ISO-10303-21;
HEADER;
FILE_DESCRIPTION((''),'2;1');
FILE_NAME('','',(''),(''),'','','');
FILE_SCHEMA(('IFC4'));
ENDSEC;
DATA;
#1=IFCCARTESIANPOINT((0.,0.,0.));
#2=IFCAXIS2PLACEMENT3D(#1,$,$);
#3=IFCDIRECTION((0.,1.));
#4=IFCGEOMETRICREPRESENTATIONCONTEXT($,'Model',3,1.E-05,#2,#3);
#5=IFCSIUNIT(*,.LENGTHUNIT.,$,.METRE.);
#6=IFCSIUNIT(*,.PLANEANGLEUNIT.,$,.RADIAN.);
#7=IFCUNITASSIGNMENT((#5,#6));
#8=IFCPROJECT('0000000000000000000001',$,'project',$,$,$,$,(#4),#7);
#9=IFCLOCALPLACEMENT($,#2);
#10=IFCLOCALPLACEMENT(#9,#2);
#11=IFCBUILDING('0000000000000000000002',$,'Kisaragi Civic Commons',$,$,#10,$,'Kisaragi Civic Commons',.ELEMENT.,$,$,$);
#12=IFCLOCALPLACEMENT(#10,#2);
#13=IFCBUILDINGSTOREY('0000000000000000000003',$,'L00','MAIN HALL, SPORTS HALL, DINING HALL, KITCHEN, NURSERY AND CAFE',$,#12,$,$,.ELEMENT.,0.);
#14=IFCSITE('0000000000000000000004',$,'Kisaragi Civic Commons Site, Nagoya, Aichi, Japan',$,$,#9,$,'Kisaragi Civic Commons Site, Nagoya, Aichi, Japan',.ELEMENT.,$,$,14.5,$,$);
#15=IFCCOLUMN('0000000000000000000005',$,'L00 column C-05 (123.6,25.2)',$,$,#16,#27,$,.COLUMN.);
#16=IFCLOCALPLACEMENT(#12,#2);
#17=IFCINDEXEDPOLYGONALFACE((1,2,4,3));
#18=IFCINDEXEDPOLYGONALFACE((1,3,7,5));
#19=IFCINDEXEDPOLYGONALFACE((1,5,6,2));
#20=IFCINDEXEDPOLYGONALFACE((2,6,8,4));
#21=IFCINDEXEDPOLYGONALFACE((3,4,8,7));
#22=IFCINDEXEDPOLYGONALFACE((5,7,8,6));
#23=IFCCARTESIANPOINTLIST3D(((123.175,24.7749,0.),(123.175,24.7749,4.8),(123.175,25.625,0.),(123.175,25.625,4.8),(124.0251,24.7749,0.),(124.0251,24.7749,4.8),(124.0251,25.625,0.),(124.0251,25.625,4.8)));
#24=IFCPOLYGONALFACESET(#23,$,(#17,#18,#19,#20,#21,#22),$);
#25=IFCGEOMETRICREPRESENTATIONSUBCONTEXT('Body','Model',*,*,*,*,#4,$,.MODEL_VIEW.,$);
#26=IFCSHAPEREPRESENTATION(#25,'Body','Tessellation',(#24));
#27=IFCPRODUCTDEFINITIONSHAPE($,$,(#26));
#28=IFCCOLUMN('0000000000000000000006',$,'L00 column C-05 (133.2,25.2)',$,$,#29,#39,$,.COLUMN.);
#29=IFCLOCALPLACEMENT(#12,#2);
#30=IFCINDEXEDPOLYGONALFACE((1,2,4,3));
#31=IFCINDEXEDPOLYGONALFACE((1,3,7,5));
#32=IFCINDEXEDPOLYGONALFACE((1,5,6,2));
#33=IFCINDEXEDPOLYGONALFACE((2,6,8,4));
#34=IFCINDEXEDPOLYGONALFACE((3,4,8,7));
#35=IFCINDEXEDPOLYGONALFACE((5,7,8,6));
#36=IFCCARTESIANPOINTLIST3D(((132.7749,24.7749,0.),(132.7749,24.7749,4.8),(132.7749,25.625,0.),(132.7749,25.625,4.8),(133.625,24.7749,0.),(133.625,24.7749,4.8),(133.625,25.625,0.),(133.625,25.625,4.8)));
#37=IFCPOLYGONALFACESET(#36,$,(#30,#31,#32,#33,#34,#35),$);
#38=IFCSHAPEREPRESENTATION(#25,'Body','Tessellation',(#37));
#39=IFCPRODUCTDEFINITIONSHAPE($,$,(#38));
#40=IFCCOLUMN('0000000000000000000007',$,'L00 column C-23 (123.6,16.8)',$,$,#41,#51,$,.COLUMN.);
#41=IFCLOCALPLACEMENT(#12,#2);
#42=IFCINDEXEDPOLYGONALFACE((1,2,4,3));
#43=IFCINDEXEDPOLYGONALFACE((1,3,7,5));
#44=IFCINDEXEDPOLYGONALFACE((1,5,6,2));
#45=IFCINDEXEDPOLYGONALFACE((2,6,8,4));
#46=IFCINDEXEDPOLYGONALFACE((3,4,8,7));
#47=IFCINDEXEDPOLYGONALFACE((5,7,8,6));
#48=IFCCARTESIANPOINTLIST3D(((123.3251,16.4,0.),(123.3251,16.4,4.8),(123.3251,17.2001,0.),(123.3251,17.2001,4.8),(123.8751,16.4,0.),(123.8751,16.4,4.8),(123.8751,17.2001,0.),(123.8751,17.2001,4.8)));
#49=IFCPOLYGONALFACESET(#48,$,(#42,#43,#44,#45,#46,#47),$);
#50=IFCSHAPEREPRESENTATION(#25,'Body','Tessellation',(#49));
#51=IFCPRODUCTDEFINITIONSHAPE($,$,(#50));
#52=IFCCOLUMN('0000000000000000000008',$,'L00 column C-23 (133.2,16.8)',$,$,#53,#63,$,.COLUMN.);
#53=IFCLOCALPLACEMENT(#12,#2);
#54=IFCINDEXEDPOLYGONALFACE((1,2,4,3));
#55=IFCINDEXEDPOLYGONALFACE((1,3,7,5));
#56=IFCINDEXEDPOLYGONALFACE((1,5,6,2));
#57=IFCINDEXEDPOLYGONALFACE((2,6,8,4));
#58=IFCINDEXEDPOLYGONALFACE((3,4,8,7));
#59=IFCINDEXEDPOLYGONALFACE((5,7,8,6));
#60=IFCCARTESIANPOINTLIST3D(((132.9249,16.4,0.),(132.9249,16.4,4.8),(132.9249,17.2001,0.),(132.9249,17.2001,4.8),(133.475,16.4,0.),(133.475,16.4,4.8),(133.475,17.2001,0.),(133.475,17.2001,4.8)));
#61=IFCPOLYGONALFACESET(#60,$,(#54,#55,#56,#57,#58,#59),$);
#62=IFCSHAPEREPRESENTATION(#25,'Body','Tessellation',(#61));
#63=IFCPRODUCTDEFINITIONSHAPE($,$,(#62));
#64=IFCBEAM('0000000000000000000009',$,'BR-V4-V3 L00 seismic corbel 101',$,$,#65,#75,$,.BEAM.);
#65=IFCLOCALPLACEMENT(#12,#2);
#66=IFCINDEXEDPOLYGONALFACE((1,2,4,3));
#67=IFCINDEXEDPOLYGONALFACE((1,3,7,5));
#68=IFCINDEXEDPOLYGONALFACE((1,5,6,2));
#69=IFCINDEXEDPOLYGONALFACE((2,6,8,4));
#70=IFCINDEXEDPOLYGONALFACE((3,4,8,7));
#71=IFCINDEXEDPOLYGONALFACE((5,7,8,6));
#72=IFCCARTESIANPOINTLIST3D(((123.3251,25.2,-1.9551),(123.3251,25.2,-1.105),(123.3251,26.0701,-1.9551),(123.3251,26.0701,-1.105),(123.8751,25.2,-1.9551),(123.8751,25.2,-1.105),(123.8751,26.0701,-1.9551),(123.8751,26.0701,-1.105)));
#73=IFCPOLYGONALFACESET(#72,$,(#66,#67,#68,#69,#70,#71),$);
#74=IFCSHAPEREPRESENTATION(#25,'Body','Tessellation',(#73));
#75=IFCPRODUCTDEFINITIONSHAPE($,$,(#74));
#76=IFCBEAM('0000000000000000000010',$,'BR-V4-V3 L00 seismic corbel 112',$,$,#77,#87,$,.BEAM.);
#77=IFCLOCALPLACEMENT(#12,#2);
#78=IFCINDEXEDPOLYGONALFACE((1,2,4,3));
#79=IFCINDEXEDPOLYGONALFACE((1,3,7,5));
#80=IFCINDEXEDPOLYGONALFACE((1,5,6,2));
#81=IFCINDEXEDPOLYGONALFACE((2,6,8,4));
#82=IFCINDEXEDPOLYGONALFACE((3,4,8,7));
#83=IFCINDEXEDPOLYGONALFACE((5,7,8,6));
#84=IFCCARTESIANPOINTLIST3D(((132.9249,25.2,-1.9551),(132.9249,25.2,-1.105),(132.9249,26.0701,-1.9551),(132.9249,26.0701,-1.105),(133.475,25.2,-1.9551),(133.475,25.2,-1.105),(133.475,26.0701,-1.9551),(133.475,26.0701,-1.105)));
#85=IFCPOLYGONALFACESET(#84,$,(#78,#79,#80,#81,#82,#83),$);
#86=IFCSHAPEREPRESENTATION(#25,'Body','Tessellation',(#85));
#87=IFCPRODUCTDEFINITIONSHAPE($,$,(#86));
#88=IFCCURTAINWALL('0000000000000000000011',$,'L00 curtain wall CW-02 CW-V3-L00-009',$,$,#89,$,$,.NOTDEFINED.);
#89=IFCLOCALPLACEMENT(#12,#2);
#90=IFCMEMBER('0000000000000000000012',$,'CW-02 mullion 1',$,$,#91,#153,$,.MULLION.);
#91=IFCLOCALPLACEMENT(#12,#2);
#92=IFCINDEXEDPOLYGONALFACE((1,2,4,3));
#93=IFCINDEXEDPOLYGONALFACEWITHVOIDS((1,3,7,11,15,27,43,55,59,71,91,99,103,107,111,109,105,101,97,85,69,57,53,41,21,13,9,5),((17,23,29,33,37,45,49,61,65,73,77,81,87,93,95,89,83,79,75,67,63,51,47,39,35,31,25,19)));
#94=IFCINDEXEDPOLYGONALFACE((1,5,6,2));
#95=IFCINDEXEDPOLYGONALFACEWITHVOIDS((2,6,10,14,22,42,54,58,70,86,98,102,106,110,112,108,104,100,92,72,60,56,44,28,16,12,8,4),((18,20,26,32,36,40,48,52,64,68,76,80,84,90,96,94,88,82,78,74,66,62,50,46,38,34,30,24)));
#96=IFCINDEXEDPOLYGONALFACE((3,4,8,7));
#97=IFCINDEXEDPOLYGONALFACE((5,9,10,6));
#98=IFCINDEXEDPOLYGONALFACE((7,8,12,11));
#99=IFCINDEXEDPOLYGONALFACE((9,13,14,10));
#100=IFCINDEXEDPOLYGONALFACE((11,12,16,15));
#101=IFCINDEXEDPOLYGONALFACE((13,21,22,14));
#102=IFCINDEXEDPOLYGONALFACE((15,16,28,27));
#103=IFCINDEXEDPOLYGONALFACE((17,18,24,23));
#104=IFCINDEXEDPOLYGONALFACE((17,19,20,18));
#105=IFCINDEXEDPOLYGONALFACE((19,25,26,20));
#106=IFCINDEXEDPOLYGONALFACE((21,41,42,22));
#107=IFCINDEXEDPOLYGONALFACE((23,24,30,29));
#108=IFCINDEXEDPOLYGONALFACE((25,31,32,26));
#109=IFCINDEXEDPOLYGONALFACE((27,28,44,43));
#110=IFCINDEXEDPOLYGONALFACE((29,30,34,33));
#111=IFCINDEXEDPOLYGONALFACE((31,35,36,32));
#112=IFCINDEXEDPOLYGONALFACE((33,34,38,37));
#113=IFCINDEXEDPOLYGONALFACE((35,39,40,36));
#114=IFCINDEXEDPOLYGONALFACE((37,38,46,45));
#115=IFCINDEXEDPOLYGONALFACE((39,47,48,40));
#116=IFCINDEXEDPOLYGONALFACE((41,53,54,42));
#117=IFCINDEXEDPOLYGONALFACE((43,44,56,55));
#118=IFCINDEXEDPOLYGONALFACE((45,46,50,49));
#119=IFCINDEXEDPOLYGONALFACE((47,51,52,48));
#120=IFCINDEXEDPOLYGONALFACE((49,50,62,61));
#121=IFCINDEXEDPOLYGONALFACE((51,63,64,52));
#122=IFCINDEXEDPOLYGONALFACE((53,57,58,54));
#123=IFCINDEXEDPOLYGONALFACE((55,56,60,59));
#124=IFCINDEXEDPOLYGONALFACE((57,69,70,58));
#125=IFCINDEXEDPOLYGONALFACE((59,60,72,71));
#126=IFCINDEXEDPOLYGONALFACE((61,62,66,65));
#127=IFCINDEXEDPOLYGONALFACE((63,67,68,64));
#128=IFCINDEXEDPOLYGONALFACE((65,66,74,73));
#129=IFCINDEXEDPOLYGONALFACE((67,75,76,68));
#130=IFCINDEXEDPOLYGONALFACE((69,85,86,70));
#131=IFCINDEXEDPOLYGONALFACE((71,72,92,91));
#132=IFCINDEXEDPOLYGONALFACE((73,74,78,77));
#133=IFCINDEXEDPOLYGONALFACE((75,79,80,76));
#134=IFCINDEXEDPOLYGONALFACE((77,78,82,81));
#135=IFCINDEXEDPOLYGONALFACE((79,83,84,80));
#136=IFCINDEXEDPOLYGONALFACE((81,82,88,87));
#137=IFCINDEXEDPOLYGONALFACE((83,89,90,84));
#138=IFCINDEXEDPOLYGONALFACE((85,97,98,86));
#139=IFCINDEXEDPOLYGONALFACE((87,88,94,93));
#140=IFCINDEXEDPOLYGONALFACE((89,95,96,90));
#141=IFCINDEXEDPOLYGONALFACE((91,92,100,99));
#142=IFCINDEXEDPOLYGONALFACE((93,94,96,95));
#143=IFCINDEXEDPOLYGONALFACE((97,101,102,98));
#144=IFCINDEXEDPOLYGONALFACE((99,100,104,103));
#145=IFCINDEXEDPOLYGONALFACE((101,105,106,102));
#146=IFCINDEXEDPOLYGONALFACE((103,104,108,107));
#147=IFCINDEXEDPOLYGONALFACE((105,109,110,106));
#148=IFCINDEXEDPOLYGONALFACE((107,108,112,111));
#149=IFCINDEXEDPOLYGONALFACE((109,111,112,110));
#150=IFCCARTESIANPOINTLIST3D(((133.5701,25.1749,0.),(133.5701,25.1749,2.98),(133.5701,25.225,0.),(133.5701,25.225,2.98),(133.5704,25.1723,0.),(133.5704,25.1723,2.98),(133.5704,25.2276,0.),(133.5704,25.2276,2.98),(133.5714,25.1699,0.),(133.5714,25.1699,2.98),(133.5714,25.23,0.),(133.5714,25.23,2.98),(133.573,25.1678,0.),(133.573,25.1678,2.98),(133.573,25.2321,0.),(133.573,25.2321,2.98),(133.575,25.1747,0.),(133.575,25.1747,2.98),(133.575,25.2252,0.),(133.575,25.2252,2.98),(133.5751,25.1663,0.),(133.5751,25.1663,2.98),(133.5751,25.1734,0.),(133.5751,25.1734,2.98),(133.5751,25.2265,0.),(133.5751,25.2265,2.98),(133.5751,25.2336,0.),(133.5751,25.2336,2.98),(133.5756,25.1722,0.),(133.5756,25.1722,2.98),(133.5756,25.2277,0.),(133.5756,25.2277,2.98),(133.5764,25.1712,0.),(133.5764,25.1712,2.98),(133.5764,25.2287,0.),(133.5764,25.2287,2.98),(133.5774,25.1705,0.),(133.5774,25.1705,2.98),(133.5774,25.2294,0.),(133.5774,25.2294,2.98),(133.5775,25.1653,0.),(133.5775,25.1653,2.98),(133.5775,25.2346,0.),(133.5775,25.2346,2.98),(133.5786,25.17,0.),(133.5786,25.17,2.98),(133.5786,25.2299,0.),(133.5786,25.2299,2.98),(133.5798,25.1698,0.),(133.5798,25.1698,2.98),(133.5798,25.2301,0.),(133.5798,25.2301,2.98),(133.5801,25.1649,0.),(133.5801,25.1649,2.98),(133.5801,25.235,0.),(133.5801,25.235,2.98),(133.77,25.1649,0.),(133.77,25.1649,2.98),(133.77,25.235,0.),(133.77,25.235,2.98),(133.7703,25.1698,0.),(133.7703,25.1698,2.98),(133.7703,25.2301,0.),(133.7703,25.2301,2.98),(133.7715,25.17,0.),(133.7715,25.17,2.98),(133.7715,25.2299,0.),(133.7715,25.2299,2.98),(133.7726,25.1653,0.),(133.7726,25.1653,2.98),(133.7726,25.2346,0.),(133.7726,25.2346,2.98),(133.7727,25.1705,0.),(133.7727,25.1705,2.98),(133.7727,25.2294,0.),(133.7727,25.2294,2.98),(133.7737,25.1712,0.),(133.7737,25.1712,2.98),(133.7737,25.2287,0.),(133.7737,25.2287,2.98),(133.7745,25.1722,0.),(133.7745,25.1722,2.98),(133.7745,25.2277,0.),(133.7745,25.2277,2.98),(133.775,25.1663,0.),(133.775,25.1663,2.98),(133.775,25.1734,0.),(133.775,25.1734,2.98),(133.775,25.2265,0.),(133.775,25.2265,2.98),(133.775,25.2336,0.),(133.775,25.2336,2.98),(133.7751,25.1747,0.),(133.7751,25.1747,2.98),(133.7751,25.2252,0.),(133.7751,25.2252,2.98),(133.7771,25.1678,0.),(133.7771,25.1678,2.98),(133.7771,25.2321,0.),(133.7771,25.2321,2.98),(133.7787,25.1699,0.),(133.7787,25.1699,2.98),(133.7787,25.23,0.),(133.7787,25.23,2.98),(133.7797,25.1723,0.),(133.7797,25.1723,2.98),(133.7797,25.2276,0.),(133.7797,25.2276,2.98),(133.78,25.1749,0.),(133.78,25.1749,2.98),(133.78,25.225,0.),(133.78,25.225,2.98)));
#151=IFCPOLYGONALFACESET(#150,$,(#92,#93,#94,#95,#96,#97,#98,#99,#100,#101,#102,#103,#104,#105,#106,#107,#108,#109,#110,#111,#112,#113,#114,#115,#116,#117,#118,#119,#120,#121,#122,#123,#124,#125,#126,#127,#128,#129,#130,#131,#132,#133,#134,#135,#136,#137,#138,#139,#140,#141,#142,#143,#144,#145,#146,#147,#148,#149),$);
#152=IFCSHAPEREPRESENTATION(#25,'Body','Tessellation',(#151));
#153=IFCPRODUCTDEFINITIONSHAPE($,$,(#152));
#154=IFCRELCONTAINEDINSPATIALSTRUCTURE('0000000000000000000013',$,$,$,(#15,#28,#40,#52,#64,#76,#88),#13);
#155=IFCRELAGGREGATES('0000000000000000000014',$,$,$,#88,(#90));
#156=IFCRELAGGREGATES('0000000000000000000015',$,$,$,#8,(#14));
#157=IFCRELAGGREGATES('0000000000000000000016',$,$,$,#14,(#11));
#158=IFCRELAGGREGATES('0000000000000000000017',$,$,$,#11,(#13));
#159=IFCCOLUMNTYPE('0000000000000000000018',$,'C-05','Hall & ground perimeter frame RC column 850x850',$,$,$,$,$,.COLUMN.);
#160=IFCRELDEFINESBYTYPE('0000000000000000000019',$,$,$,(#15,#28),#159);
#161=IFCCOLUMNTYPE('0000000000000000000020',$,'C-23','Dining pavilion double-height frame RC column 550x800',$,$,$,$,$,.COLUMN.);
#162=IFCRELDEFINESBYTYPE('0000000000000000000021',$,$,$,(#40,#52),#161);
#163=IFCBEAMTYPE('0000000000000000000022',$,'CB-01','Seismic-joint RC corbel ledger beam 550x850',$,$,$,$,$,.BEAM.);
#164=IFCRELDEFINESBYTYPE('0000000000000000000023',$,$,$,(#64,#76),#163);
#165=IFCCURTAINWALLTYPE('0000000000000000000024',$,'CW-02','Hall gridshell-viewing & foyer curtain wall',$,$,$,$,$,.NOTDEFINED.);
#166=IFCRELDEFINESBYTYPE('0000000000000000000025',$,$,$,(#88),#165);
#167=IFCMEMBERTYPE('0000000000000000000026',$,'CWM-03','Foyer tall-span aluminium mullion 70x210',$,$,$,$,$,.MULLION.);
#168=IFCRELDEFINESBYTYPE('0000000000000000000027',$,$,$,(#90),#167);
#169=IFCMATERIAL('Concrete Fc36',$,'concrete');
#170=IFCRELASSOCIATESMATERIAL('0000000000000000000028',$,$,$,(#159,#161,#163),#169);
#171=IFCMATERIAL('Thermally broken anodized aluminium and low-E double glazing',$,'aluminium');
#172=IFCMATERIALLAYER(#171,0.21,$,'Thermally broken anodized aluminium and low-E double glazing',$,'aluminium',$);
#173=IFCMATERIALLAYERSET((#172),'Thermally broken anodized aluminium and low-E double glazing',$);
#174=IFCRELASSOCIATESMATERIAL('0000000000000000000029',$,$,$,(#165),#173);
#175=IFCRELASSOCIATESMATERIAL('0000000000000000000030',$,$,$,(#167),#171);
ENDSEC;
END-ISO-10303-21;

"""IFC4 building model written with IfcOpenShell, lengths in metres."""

from ifc_helpers import new_model, si_unit, direction, frame, origin, origin_2d, place, context, subcontext, project, spatial, rectangle, hollow_rectangle, extrude, material, layer, layer_set, material_profile, profile_set, type_object, element, aggregate, save


model = new_model("IFC4")

# Units and contexts
model_context = context("Model", 3, precision=1e-05, world=origin(), true_north=direction((0.0, 1.0)))
body_context = subcontext(model_context, "Body", "Model", "MODEL_VIEW")
ifc_project = project(units=[si_unit("LENGTHUNIT", "METRE"), si_unit("PLANEANGLEUNIT", "RADIAN")], contexts=[model_context])

# Site, building, storey
site_placement = place(None, origin())
site = spatial("IfcSite", under=ifc_project, at=site_placement, Name="Kisaragi Civic Commons Site, Nagoya, Aichi, Japan", LongName="Kisaragi Civic Commons Site, Nagoya, Aichi, Japan", CompositionType="ELEMENT", RefElevation=14.5)
building_placement = place(site_placement, origin())
building = spatial("IfcBuilding", under=site, at=building_placement, Name="Kisaragi Civic Commons", LongName="Kisaragi Civic Commons", CompositionType="ELEMENT")
storey_placement = place(building_placement, origin())
storey = spatial("IfcBuildingStorey", under=building, at=storey_placement, Name="L00", Description="MAIN HALL, SPORTS HALL, DINING HALL, KITCHEN, NURSERY AND CAFE", CompositionType="ELEMENT", Elevation=0.0)

# Columns
ifc_material_1 = material(Name="Concrete Fc36", Category="concrete")
ifc_material_profile_1 = material_profile(ifc_material_1, rectangle(XDim=0.8501, YDim=0.8501, at=origin_2d()), Name="RC-850x850", Category="concrete")
ifc_profile_set_1 = profile_set([ifc_material_profile_1], Name="Concrete Fc36")
column_type_1 = type_object("IfcColumnType", Name="C-05", Description="Hall & ground perimeter frame RC column 850x850", PredefinedType="COLUMN", material=ifc_profile_set_1)
for number, where, z_axis, x_axis, name in (
    (1, (123.6001, 25.2, 0.0), (0.0, 0.0, 1.0), (1.0, 0.0, 0.0), "L00 column C-05 (123.6,25.2)"),
    (2, (133.2, 25.2, 0.0), (0.0, 0.0, 1.0), (1.0, 0.0, 0.0), "L00 column C-05 (133.2,25.2)"),
):
    element("IfcColumn", number, at=place(storey_placement, frame(where, z_axis=z_axis, x_axis=x_axis)), inside=storey, type_object=column_type_1, Name=name, PredefinedType="COLUMN", context=body_context, shape_type="SweptSolid", body=[
        extrude(rectangle(XDim=0.8501, YDim=0.8501, at=origin_2d()), origin(), (0.0, 0.0, 1.0), 4.8),
    ])
ifc_material_profile_2 = material_profile(ifc_material_1, rectangle(XDim=0.55, YDim=0.8, at=origin_2d()), Name="RC-550x800", Category="concrete")
ifc_profile_set_2 = profile_set([ifc_material_profile_2], Name="Concrete Fc36")
column_type_2 = type_object("IfcColumnType", Name="C-23", Description="Dining pavilion double-height frame RC column 550x800", PredefinedType="COLUMN", material=ifc_profile_set_2)
for number, where, z_axis, x_axis, name in (
    (3, (123.6001, 16.8, 0.0), (0.0, 0.0, 1.0), (1.0, 0.0, 0.0), "L00 column C-23 (123.6,16.8)"),
    (4, (133.2, 16.8, 0.0), (0.0, 0.0, 1.0), (1.0, 0.0, 0.0), "L00 column C-23 (133.2,16.8)"),
):
    element("IfcColumn", number, at=place(storey_placement, frame(where, z_axis=z_axis, x_axis=x_axis)), inside=storey, type_object=column_type_2, Name=name, PredefinedType="COLUMN", context=body_context, shape_type="SweptSolid", body=[
        extrude(rectangle(XDim=0.55, YDim=0.8, at=origin_2d()), origin(), (0.0, 0.0, 1.0), 4.8),
    ])

# Beams
ifc_material_profile_3 = material_profile(ifc_material_1, rectangle(XDim=0.55, YDim=0.8501, at=origin_2d()), Name="RC-550x850", Category="concrete")
ifc_profile_set_3 = profile_set([ifc_material_profile_3], Name="Concrete Fc36")
beam_type_1 = type_object("IfcBeamType", Name="CB-01", Description="Seismic-joint RC corbel ledger beam 550x850", PredefinedType="BEAM", material=ifc_profile_set_3)
for number, where, z_axis, x_axis, name in (
    (5, (123.6001, 25.2, -1.53), (0.0, 1.0, 0.0), (-1.0, 0.0, 0.0), "BR-V4-V3 L00 seismic corbel 101"),
    (6, (133.2, 25.2, -1.53), (0.0, 1.0, 0.0), (-1.0, 0.0, 0.0), "BR-V4-V3 L00 seismic corbel 112"),
):
    element("IfcBeam", number, at=place(storey_placement, frame(where, z_axis=z_axis, x_axis=x_axis)), inside=storey, type_object=beam_type_1, Name=name, PredefinedType="BEAM", context=body_context, shape_type="SweptSolid", body=[
        extrude(rectangle(XDim=0.55, YDim=0.8501, at=origin_2d()), origin(), (0.0, 0.0, 1.0), 0.8701),
    ])

# Curtain wall, member
ifc_material_2 = material(Name="Thermally broken anodized aluminium and low-E double glazing", Category="aluminium")
ifc_layer_1 = layer(ifc_material_2, 0.21, Name="Thermally broken anodized aluminium and low-E double glazing", Category="aluminium")
ifc_layer_set_1 = layer_set([ifc_layer_1], Name="Thermally broken anodized aluminium and low-E double glazing")
curtain_wall_type = type_object("IfcCurtainWallType", Name="CW-02", Description="Hall gridshell-viewing & foyer curtain wall", PredefinedType="NOTDEFINED", material=ifc_layer_set_1)
curtain_wall_placement = place(storey_placement, origin())
curtain_wall = element("IfcCurtainWall", 7, at=curtain_wall_placement, inside=storey, type_object=curtain_wall_type, Name="L00 curtain wall CW-02 CW-V3-L00-009", PredefinedType="NOTDEFINED")
ifc_material_profile_4 = material_profile(ifc_material_2, hollow_rectangle(XDim=0.0701, YDim=0.21, WallThickness=0.0049, InnerFilletRadius=0.0049, OuterFilletRadius=0.01, at=origin_2d()), Name="CWM-70x210x5", Category="aluminium")
ifc_profile_set_4 = profile_set([ifc_material_profile_4], Name="Thermally broken anodized aluminium and low-E double glazing")
member_type_1 = type_object("IfcMemberType", Name="CWM-03", Description="Foyer tall-span aluminium mullion 70x210", PredefinedType="MULLION", material=ifc_profile_set_4)
member_1_placement = place(storey_placement, frame((133.675, 25.2, 0.0), z_axis=(0.0, 0.0, 1.0), x_axis=(0.0, 1.0, 0.0)))
member_1 = element("IfcMember", 8, at=member_1_placement, type_object=member_type_1, Name="CW-02 mullion 1", PredefinedType="MULLION", context=body_context, shape_type="SweptSolid", body=[
    extrude(hollow_rectangle(XDim=0.0701, YDim=0.21, WallThickness=0.0049, InnerFilletRadius=0.0049, OuterFilletRadius=0.01, at=origin_2d()), origin(), (0.0, 0.0, 1.0), 2.98),
])

aggregate(curtain_wall, [member_1])

save(model, "model.ifc")
